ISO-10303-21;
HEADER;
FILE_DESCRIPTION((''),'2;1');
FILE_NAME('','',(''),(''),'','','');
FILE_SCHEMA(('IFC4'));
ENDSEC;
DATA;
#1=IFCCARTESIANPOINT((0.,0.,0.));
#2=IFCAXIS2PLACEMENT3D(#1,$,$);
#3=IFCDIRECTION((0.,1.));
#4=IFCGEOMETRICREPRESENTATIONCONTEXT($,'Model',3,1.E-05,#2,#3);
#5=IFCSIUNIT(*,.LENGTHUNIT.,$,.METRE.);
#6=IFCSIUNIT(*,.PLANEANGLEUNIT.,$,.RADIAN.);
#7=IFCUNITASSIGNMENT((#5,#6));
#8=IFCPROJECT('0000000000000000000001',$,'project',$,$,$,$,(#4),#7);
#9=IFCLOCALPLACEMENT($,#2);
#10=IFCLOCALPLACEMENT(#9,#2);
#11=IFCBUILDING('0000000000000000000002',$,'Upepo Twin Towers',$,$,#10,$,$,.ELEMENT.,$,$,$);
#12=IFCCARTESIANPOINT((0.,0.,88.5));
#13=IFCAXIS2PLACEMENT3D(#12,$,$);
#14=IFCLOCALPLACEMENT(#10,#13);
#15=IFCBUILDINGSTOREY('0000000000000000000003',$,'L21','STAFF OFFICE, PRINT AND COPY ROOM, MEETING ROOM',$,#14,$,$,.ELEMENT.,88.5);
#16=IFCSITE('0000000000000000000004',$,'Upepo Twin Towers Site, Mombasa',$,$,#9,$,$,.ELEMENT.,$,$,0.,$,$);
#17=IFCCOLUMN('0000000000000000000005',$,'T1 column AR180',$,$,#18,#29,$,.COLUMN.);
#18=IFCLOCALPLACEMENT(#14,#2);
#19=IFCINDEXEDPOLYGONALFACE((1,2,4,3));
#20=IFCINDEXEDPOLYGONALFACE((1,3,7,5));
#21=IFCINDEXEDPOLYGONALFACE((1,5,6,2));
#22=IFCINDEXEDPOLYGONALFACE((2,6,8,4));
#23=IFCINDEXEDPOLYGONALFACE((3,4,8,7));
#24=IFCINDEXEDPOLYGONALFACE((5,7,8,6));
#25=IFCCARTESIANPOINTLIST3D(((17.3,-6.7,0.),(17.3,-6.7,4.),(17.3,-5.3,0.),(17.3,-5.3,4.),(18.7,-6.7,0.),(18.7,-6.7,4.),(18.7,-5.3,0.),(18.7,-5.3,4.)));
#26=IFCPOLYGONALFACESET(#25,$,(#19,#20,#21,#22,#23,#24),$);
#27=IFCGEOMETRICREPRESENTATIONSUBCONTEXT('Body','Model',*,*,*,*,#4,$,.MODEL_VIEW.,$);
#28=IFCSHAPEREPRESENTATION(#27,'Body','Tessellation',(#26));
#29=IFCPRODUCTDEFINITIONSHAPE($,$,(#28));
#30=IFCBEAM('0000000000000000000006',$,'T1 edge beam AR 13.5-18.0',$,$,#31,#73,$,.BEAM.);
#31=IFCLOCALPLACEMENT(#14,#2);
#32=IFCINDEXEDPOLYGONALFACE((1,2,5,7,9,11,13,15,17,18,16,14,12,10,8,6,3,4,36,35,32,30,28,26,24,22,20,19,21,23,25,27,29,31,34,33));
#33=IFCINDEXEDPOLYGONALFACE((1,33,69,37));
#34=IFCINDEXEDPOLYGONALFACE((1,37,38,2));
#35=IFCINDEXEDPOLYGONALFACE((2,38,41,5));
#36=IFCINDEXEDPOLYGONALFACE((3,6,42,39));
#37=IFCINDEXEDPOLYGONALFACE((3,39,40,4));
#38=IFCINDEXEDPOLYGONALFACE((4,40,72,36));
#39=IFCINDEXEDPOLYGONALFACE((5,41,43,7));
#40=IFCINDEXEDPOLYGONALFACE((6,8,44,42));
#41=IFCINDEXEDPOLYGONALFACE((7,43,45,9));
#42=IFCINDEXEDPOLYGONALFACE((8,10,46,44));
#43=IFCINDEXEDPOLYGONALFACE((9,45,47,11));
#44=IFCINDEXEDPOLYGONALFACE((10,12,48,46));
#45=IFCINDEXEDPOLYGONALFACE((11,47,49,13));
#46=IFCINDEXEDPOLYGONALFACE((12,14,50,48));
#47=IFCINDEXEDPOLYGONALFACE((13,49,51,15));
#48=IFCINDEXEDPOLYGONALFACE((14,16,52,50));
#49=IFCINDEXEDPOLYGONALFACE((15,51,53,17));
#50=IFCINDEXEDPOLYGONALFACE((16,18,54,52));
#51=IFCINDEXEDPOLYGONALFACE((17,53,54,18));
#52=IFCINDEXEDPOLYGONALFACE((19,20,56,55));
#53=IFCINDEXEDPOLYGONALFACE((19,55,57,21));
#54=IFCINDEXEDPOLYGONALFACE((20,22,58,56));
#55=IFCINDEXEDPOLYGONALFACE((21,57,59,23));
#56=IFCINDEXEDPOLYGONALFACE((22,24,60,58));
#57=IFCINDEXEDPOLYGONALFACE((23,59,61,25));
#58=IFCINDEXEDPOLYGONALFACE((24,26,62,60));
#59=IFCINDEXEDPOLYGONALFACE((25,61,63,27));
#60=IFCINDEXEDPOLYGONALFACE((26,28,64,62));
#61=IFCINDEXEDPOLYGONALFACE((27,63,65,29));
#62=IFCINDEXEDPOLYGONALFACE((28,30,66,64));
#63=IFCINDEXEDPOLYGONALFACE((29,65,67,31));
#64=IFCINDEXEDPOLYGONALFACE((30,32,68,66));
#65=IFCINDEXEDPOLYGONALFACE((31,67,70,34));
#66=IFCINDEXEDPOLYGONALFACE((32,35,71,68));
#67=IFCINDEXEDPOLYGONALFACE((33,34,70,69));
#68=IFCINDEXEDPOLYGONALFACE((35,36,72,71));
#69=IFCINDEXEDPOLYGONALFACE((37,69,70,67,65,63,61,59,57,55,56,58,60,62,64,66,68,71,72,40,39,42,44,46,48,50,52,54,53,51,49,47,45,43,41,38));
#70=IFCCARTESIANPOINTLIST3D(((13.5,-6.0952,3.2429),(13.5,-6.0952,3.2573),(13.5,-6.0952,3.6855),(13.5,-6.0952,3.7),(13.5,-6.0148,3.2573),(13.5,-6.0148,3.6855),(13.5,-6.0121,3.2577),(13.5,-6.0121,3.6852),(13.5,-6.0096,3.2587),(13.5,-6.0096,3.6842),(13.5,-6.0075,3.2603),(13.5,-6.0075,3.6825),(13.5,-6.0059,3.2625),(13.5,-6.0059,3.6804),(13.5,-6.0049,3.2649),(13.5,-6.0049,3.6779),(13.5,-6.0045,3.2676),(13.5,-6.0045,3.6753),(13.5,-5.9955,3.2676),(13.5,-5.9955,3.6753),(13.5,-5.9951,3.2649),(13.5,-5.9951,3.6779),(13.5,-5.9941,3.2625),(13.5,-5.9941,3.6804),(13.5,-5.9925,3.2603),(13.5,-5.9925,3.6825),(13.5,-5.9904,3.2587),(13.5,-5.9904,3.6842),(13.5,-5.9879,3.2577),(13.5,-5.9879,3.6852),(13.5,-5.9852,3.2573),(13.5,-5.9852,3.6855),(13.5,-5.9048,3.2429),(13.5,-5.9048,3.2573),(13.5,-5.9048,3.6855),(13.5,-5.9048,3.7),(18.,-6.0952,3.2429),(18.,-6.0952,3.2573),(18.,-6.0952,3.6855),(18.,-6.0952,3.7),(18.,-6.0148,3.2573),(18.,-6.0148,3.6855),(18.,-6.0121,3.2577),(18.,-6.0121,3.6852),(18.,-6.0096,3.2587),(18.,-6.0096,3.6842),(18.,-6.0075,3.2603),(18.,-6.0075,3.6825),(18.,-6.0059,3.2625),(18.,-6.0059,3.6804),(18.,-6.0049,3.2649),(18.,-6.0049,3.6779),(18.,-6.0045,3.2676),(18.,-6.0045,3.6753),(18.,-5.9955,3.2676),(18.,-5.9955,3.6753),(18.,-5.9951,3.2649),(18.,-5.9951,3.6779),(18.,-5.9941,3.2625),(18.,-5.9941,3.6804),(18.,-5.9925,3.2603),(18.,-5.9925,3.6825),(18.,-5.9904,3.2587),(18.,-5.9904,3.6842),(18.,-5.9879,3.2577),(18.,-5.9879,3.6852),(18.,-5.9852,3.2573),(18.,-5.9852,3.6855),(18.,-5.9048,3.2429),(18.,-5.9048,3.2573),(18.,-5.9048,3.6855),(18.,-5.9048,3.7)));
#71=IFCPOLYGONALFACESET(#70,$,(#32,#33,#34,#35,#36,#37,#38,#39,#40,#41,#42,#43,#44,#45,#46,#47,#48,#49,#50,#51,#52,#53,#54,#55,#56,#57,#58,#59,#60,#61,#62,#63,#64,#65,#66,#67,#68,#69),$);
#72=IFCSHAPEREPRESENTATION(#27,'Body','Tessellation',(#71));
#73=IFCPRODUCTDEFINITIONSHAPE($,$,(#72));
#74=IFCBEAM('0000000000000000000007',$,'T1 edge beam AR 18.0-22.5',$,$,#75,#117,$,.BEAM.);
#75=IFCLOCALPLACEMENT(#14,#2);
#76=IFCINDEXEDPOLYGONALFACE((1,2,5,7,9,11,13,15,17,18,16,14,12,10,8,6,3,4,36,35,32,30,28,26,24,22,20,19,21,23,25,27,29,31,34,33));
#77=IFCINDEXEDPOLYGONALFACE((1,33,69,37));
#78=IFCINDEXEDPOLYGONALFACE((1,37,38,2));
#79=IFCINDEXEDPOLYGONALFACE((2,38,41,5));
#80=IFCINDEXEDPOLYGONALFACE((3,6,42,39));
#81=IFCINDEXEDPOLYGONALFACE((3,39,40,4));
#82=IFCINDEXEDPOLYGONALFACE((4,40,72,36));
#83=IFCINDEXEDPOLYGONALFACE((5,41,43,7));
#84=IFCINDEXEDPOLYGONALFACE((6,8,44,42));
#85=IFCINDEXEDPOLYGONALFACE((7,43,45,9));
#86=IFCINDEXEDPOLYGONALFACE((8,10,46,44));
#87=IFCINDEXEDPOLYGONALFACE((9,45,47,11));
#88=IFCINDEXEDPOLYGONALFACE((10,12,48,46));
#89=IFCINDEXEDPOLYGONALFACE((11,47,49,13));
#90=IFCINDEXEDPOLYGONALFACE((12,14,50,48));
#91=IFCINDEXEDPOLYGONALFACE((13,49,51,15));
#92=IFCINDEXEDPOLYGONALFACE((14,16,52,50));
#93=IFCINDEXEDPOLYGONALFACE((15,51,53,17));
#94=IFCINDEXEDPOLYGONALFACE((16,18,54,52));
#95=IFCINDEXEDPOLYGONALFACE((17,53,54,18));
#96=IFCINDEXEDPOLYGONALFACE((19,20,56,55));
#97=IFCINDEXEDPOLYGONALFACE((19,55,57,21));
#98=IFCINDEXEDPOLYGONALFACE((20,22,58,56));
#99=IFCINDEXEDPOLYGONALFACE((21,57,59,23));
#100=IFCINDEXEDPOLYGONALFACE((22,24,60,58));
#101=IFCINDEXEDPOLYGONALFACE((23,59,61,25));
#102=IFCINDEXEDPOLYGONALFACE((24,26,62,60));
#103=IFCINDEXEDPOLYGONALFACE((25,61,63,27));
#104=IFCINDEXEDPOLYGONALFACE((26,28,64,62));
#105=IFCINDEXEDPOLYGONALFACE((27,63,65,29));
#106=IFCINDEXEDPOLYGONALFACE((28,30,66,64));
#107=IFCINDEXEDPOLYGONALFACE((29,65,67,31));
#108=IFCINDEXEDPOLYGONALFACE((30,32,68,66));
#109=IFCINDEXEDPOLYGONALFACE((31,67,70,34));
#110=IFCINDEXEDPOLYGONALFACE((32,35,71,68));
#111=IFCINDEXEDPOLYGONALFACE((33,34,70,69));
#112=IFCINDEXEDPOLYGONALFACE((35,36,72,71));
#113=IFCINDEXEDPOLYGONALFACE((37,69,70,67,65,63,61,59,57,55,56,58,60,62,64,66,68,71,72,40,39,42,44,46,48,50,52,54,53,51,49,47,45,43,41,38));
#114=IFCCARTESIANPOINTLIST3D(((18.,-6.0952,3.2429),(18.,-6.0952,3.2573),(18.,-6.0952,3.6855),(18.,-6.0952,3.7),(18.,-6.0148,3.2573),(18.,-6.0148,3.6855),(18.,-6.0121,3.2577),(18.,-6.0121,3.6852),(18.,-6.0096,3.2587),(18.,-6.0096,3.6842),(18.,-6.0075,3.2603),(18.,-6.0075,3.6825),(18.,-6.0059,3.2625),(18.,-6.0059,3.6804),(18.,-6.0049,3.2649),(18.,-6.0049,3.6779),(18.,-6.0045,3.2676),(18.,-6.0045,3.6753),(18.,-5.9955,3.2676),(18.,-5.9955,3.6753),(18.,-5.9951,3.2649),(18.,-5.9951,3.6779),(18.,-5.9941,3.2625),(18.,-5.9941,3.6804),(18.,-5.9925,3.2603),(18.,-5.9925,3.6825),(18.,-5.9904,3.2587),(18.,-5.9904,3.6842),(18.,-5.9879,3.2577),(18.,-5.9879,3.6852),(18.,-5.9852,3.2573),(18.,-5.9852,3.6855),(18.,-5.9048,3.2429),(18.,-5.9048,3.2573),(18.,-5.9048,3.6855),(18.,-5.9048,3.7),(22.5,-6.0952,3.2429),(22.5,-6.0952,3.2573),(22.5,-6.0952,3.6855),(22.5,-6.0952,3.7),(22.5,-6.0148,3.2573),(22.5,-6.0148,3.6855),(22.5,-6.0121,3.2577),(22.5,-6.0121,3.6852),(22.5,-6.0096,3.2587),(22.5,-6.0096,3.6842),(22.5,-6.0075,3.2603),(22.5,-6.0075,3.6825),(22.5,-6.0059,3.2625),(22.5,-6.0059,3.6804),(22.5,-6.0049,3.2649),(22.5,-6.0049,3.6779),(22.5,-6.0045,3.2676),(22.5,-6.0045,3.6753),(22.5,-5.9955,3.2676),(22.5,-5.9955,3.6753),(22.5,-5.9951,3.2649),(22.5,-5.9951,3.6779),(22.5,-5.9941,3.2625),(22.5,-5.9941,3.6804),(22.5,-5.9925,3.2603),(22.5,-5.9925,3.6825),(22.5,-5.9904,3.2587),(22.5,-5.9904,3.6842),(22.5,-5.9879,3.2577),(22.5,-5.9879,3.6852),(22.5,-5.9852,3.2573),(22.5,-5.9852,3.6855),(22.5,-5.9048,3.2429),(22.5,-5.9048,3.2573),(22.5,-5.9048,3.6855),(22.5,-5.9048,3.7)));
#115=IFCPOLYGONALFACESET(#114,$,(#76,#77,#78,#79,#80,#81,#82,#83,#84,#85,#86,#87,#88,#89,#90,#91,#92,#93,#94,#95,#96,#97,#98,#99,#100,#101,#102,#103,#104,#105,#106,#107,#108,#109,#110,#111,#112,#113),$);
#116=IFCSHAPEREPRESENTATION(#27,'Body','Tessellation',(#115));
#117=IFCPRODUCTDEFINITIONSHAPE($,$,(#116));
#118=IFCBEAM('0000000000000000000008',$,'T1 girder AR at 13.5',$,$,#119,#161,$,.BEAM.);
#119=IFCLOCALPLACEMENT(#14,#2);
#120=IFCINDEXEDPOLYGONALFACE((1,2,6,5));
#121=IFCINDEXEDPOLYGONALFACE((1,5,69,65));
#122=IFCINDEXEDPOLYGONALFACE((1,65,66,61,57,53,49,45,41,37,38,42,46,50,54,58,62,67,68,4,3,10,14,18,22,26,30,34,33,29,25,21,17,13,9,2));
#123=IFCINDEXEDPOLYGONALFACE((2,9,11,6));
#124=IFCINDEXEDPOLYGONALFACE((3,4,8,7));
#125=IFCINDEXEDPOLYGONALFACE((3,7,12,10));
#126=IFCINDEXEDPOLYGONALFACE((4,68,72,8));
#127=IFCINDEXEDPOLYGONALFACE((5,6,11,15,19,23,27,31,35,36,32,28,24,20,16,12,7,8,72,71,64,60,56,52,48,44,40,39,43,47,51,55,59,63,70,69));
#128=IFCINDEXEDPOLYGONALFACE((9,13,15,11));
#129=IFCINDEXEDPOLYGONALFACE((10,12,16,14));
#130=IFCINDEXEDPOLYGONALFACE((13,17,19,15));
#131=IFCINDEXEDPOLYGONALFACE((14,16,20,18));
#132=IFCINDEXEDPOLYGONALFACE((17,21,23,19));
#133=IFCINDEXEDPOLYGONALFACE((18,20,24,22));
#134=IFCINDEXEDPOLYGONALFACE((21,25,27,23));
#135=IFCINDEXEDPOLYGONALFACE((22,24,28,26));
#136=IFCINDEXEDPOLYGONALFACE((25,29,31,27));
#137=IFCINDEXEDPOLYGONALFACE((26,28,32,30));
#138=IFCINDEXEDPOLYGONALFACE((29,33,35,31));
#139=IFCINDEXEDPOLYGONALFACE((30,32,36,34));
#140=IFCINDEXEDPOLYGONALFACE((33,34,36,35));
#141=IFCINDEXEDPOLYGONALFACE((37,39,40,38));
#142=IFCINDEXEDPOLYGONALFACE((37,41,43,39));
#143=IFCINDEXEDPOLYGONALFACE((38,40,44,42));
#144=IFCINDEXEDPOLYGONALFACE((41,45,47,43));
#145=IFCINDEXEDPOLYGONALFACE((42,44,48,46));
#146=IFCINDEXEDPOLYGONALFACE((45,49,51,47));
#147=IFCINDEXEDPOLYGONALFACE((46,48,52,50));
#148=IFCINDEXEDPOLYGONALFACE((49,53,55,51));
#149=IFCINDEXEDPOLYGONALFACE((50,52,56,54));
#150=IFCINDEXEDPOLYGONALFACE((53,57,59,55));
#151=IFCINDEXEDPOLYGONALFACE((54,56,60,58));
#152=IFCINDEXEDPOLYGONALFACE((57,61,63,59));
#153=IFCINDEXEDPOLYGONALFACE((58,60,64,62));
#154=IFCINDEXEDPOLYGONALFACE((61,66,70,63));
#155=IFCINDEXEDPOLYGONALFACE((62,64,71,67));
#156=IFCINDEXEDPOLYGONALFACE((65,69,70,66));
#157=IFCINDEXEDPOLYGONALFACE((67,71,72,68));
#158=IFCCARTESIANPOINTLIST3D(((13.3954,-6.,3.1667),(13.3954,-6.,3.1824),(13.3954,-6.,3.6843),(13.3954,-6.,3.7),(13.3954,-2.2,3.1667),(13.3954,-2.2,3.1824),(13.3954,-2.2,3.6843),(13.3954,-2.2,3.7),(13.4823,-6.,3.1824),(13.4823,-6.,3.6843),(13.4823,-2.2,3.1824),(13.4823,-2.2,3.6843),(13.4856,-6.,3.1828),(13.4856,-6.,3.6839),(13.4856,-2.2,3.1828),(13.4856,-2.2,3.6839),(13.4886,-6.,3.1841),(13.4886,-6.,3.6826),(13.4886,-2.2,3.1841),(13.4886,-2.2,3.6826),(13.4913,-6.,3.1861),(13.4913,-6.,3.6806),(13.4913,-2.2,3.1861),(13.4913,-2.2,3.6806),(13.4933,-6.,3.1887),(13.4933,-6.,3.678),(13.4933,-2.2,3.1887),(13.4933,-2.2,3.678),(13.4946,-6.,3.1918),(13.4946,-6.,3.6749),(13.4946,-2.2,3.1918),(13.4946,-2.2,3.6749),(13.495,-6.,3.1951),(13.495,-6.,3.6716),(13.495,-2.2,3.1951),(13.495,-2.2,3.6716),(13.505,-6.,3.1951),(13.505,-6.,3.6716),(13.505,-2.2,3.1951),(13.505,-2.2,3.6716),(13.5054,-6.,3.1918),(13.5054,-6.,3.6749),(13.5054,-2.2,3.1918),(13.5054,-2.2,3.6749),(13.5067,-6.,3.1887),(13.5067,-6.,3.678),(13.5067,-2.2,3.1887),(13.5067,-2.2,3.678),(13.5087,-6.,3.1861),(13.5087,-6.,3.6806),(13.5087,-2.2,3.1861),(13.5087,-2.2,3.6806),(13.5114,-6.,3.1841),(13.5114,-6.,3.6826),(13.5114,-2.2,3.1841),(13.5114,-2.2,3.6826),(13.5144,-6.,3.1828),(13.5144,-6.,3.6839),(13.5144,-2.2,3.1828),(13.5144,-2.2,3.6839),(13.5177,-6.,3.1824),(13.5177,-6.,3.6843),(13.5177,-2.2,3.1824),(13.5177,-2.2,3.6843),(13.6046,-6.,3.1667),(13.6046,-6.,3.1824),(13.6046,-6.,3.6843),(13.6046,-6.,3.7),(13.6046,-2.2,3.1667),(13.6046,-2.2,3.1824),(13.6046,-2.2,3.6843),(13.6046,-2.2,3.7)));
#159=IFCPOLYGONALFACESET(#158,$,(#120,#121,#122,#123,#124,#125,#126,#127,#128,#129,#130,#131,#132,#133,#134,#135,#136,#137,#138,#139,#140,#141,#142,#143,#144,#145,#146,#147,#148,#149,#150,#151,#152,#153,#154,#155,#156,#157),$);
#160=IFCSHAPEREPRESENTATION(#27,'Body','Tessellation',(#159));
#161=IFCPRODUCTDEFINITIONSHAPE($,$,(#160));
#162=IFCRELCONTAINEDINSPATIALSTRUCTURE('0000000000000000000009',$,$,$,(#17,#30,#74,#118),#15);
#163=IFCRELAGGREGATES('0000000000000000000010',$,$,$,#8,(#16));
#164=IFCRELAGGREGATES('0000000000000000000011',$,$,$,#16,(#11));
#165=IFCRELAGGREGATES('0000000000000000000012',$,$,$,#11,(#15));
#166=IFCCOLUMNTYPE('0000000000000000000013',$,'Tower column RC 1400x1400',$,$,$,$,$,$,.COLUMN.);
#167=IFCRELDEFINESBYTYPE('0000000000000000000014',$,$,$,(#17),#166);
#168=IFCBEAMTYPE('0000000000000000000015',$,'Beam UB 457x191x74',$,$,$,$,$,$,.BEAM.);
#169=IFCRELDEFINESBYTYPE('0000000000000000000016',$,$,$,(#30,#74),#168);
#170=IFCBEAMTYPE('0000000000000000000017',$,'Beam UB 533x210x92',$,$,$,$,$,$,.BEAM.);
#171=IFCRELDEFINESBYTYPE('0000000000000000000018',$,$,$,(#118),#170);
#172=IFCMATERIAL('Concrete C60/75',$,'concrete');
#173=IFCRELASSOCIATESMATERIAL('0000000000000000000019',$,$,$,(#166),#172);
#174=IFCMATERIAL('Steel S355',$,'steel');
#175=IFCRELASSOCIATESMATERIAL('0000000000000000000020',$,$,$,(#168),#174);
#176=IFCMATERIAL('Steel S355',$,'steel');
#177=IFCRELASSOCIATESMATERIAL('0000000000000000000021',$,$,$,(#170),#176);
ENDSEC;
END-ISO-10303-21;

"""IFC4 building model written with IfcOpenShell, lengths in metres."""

from ifc_helpers import new_model, si_unit, direction, frame, origin, origin_2d, place, context, subcontext, project, spatial, rectangle, i_section, extrude, material, material_profile, profile_set, type_object, element, save


model = new_model("IFC4")

# Units and contexts
model_context = context("Model", 3, precision=1e-05, world=origin(), true_north=direction((0.0, 1.0)))
body_context = subcontext(model_context, "Body", "Model", "MODEL_VIEW")
ifc_project = project(units=[si_unit("LENGTHUNIT", "METRE"), si_unit("PLANEANGLEUNIT", "RADIAN")], contexts=[model_context])

# Site, building, storey
site_placement = place(None, origin())
site = spatial("IfcSite", under=ifc_project, at=site_placement, Name="Upepo Twin Towers Site, Mombasa", CompositionType="ELEMENT", RefElevation=0.0)
building_placement = place(site_placement, origin())
building = spatial("IfcBuilding", under=site, at=building_placement, Name="Upepo Twin Towers", CompositionType="ELEMENT")
storey_placement = place(building_placement, frame((0.0, 0.0, 88.5)))
storey = spatial("IfcBuildingStorey", under=building, at=storey_placement, Name="L21", Description="STAFF OFFICE, PRINT AND COPY ROOM, MEETING ROOM", CompositionType="ELEMENT", Elevation=88.5)

# Column
ifc_material_1 = material(Name="Concrete C60/75", Category="concrete")
ifc_material_profile_1 = material_profile(ifc_material_1, rectangle(XDim=1.3999, YDim=1.3999, at=origin_2d()), Name="RC 1400x1400")
ifc_profile_set_1 = profile_set([ifc_material_profile_1], Name="Concrete C60/75")
column_type = type_object("IfcColumnType", Name="Tower column RC 1400x1400", PredefinedType="COLUMN", material=ifc_profile_set_1)
column_placement = place(storey_placement, frame((18.0, -6.0, 0.0), z_axis=(0.0, 0.0, 1.0), x_axis=(1.0, 0.0, 0.0)))
element("IfcColumn", 1, at=column_placement, inside=storey, type_object=column_type, Name="T1 column AR180", PredefinedType="COLUMN", context=body_context, shape_type="SweptSolid", body=[
    extrude(rectangle(XDim=1.3999, YDim=1.3999, at=origin_2d()), origin(), (0.0, 0.0, 1.0), 4.0),
])

# Beams
ifc_material_2 = material(Name="Steel S355", Category="steel")
ifc_material_profile_2 = material_profile(ifc_material_2, i_section(OverallWidth=0.1904, OverallDepth=0.457, WebThickness=0.009, FlangeThickness=0.0144, FilletRadius=0.0103, at=origin_2d()), Name="UB 457x191x74")
ifc_profile_set_2 = profile_set([ifc_material_profile_2], Name="Steel S355")
beam_type_1 = type_object("IfcBeamType", Name="Beam UB 457x191x74", PredefinedType="BEAM", material=ifc_profile_set_2)
for number, where, z_axis, x_axis, name in (
    (2, (13.5, -6.0, 3.4714), (1.0, 0.0, 0.0), (0.0, 1.0, 0.0), "T1 edge beam AR 13.5-18.0"),
    (3, (18.0, -6.0, 3.4714), (1.0, 0.0, 0.0), (0.0, 1.0, 0.0), "T1 edge beam AR 18.0-22.5"),
):
    element("IfcBeam", number, at=place(storey_placement, frame(where, z_axis=z_axis, x_axis=x_axis)), inside=storey, type_object=beam_type_1, Name=name, PredefinedType="BEAM", context=body_context, shape_type="SweptSolid", body=[
        extrude(i_section(OverallWidth=0.1904, OverallDepth=0.457, WebThickness=0.009, FlangeThickness=0.0144, FilletRadius=0.0103, at=origin_2d()), origin(), (0.0, 0.0, 1.0), 4.5),
    ])
ifc_material_3 = material(Name="Steel S355", Category="steel")
ifc_material_profile_3 = material_profile(ifc_material_3, i_section(OverallWidth=0.2092, OverallDepth=0.5332, WebThickness=0.01, FlangeThickness=0.0156, FilletRadius=0.0127, at=origin_2d()), Name="UB 533x210x92")
ifc_profile_set_3 = profile_set([ifc_material_profile_3], Name="Steel S355")
beam_type_2 = type_object("IfcBeamType", Name="Beam UB 533x210x92", PredefinedType="BEAM", material=ifc_profile_set_3)
for number, where, z_axis, x_axis, name in (
    (4, (13.5, -6.0, 3.4333), (0.0, 1.0, 0.0), (-1.0, 0.0, 0.0), "T1 girder AR at 13.5"),
):
    element("IfcBeam", number, at=place(storey_placement, frame(where, z_axis=z_axis, x_axis=x_axis)), inside=storey, type_object=beam_type_2, Name=name, PredefinedType="BEAM", context=body_context, shape_type="SweptSolid", body=[
        extrude(i_section(OverallWidth=0.2092, OverallDepth=0.5332, WebThickness=0.01, FlangeThickness=0.0156, FilletRadius=0.0127, at=origin_2d()), origin(), (0.0, 0.0, 1.0), 3.8),
    ])

save(model, "model.ifc")
